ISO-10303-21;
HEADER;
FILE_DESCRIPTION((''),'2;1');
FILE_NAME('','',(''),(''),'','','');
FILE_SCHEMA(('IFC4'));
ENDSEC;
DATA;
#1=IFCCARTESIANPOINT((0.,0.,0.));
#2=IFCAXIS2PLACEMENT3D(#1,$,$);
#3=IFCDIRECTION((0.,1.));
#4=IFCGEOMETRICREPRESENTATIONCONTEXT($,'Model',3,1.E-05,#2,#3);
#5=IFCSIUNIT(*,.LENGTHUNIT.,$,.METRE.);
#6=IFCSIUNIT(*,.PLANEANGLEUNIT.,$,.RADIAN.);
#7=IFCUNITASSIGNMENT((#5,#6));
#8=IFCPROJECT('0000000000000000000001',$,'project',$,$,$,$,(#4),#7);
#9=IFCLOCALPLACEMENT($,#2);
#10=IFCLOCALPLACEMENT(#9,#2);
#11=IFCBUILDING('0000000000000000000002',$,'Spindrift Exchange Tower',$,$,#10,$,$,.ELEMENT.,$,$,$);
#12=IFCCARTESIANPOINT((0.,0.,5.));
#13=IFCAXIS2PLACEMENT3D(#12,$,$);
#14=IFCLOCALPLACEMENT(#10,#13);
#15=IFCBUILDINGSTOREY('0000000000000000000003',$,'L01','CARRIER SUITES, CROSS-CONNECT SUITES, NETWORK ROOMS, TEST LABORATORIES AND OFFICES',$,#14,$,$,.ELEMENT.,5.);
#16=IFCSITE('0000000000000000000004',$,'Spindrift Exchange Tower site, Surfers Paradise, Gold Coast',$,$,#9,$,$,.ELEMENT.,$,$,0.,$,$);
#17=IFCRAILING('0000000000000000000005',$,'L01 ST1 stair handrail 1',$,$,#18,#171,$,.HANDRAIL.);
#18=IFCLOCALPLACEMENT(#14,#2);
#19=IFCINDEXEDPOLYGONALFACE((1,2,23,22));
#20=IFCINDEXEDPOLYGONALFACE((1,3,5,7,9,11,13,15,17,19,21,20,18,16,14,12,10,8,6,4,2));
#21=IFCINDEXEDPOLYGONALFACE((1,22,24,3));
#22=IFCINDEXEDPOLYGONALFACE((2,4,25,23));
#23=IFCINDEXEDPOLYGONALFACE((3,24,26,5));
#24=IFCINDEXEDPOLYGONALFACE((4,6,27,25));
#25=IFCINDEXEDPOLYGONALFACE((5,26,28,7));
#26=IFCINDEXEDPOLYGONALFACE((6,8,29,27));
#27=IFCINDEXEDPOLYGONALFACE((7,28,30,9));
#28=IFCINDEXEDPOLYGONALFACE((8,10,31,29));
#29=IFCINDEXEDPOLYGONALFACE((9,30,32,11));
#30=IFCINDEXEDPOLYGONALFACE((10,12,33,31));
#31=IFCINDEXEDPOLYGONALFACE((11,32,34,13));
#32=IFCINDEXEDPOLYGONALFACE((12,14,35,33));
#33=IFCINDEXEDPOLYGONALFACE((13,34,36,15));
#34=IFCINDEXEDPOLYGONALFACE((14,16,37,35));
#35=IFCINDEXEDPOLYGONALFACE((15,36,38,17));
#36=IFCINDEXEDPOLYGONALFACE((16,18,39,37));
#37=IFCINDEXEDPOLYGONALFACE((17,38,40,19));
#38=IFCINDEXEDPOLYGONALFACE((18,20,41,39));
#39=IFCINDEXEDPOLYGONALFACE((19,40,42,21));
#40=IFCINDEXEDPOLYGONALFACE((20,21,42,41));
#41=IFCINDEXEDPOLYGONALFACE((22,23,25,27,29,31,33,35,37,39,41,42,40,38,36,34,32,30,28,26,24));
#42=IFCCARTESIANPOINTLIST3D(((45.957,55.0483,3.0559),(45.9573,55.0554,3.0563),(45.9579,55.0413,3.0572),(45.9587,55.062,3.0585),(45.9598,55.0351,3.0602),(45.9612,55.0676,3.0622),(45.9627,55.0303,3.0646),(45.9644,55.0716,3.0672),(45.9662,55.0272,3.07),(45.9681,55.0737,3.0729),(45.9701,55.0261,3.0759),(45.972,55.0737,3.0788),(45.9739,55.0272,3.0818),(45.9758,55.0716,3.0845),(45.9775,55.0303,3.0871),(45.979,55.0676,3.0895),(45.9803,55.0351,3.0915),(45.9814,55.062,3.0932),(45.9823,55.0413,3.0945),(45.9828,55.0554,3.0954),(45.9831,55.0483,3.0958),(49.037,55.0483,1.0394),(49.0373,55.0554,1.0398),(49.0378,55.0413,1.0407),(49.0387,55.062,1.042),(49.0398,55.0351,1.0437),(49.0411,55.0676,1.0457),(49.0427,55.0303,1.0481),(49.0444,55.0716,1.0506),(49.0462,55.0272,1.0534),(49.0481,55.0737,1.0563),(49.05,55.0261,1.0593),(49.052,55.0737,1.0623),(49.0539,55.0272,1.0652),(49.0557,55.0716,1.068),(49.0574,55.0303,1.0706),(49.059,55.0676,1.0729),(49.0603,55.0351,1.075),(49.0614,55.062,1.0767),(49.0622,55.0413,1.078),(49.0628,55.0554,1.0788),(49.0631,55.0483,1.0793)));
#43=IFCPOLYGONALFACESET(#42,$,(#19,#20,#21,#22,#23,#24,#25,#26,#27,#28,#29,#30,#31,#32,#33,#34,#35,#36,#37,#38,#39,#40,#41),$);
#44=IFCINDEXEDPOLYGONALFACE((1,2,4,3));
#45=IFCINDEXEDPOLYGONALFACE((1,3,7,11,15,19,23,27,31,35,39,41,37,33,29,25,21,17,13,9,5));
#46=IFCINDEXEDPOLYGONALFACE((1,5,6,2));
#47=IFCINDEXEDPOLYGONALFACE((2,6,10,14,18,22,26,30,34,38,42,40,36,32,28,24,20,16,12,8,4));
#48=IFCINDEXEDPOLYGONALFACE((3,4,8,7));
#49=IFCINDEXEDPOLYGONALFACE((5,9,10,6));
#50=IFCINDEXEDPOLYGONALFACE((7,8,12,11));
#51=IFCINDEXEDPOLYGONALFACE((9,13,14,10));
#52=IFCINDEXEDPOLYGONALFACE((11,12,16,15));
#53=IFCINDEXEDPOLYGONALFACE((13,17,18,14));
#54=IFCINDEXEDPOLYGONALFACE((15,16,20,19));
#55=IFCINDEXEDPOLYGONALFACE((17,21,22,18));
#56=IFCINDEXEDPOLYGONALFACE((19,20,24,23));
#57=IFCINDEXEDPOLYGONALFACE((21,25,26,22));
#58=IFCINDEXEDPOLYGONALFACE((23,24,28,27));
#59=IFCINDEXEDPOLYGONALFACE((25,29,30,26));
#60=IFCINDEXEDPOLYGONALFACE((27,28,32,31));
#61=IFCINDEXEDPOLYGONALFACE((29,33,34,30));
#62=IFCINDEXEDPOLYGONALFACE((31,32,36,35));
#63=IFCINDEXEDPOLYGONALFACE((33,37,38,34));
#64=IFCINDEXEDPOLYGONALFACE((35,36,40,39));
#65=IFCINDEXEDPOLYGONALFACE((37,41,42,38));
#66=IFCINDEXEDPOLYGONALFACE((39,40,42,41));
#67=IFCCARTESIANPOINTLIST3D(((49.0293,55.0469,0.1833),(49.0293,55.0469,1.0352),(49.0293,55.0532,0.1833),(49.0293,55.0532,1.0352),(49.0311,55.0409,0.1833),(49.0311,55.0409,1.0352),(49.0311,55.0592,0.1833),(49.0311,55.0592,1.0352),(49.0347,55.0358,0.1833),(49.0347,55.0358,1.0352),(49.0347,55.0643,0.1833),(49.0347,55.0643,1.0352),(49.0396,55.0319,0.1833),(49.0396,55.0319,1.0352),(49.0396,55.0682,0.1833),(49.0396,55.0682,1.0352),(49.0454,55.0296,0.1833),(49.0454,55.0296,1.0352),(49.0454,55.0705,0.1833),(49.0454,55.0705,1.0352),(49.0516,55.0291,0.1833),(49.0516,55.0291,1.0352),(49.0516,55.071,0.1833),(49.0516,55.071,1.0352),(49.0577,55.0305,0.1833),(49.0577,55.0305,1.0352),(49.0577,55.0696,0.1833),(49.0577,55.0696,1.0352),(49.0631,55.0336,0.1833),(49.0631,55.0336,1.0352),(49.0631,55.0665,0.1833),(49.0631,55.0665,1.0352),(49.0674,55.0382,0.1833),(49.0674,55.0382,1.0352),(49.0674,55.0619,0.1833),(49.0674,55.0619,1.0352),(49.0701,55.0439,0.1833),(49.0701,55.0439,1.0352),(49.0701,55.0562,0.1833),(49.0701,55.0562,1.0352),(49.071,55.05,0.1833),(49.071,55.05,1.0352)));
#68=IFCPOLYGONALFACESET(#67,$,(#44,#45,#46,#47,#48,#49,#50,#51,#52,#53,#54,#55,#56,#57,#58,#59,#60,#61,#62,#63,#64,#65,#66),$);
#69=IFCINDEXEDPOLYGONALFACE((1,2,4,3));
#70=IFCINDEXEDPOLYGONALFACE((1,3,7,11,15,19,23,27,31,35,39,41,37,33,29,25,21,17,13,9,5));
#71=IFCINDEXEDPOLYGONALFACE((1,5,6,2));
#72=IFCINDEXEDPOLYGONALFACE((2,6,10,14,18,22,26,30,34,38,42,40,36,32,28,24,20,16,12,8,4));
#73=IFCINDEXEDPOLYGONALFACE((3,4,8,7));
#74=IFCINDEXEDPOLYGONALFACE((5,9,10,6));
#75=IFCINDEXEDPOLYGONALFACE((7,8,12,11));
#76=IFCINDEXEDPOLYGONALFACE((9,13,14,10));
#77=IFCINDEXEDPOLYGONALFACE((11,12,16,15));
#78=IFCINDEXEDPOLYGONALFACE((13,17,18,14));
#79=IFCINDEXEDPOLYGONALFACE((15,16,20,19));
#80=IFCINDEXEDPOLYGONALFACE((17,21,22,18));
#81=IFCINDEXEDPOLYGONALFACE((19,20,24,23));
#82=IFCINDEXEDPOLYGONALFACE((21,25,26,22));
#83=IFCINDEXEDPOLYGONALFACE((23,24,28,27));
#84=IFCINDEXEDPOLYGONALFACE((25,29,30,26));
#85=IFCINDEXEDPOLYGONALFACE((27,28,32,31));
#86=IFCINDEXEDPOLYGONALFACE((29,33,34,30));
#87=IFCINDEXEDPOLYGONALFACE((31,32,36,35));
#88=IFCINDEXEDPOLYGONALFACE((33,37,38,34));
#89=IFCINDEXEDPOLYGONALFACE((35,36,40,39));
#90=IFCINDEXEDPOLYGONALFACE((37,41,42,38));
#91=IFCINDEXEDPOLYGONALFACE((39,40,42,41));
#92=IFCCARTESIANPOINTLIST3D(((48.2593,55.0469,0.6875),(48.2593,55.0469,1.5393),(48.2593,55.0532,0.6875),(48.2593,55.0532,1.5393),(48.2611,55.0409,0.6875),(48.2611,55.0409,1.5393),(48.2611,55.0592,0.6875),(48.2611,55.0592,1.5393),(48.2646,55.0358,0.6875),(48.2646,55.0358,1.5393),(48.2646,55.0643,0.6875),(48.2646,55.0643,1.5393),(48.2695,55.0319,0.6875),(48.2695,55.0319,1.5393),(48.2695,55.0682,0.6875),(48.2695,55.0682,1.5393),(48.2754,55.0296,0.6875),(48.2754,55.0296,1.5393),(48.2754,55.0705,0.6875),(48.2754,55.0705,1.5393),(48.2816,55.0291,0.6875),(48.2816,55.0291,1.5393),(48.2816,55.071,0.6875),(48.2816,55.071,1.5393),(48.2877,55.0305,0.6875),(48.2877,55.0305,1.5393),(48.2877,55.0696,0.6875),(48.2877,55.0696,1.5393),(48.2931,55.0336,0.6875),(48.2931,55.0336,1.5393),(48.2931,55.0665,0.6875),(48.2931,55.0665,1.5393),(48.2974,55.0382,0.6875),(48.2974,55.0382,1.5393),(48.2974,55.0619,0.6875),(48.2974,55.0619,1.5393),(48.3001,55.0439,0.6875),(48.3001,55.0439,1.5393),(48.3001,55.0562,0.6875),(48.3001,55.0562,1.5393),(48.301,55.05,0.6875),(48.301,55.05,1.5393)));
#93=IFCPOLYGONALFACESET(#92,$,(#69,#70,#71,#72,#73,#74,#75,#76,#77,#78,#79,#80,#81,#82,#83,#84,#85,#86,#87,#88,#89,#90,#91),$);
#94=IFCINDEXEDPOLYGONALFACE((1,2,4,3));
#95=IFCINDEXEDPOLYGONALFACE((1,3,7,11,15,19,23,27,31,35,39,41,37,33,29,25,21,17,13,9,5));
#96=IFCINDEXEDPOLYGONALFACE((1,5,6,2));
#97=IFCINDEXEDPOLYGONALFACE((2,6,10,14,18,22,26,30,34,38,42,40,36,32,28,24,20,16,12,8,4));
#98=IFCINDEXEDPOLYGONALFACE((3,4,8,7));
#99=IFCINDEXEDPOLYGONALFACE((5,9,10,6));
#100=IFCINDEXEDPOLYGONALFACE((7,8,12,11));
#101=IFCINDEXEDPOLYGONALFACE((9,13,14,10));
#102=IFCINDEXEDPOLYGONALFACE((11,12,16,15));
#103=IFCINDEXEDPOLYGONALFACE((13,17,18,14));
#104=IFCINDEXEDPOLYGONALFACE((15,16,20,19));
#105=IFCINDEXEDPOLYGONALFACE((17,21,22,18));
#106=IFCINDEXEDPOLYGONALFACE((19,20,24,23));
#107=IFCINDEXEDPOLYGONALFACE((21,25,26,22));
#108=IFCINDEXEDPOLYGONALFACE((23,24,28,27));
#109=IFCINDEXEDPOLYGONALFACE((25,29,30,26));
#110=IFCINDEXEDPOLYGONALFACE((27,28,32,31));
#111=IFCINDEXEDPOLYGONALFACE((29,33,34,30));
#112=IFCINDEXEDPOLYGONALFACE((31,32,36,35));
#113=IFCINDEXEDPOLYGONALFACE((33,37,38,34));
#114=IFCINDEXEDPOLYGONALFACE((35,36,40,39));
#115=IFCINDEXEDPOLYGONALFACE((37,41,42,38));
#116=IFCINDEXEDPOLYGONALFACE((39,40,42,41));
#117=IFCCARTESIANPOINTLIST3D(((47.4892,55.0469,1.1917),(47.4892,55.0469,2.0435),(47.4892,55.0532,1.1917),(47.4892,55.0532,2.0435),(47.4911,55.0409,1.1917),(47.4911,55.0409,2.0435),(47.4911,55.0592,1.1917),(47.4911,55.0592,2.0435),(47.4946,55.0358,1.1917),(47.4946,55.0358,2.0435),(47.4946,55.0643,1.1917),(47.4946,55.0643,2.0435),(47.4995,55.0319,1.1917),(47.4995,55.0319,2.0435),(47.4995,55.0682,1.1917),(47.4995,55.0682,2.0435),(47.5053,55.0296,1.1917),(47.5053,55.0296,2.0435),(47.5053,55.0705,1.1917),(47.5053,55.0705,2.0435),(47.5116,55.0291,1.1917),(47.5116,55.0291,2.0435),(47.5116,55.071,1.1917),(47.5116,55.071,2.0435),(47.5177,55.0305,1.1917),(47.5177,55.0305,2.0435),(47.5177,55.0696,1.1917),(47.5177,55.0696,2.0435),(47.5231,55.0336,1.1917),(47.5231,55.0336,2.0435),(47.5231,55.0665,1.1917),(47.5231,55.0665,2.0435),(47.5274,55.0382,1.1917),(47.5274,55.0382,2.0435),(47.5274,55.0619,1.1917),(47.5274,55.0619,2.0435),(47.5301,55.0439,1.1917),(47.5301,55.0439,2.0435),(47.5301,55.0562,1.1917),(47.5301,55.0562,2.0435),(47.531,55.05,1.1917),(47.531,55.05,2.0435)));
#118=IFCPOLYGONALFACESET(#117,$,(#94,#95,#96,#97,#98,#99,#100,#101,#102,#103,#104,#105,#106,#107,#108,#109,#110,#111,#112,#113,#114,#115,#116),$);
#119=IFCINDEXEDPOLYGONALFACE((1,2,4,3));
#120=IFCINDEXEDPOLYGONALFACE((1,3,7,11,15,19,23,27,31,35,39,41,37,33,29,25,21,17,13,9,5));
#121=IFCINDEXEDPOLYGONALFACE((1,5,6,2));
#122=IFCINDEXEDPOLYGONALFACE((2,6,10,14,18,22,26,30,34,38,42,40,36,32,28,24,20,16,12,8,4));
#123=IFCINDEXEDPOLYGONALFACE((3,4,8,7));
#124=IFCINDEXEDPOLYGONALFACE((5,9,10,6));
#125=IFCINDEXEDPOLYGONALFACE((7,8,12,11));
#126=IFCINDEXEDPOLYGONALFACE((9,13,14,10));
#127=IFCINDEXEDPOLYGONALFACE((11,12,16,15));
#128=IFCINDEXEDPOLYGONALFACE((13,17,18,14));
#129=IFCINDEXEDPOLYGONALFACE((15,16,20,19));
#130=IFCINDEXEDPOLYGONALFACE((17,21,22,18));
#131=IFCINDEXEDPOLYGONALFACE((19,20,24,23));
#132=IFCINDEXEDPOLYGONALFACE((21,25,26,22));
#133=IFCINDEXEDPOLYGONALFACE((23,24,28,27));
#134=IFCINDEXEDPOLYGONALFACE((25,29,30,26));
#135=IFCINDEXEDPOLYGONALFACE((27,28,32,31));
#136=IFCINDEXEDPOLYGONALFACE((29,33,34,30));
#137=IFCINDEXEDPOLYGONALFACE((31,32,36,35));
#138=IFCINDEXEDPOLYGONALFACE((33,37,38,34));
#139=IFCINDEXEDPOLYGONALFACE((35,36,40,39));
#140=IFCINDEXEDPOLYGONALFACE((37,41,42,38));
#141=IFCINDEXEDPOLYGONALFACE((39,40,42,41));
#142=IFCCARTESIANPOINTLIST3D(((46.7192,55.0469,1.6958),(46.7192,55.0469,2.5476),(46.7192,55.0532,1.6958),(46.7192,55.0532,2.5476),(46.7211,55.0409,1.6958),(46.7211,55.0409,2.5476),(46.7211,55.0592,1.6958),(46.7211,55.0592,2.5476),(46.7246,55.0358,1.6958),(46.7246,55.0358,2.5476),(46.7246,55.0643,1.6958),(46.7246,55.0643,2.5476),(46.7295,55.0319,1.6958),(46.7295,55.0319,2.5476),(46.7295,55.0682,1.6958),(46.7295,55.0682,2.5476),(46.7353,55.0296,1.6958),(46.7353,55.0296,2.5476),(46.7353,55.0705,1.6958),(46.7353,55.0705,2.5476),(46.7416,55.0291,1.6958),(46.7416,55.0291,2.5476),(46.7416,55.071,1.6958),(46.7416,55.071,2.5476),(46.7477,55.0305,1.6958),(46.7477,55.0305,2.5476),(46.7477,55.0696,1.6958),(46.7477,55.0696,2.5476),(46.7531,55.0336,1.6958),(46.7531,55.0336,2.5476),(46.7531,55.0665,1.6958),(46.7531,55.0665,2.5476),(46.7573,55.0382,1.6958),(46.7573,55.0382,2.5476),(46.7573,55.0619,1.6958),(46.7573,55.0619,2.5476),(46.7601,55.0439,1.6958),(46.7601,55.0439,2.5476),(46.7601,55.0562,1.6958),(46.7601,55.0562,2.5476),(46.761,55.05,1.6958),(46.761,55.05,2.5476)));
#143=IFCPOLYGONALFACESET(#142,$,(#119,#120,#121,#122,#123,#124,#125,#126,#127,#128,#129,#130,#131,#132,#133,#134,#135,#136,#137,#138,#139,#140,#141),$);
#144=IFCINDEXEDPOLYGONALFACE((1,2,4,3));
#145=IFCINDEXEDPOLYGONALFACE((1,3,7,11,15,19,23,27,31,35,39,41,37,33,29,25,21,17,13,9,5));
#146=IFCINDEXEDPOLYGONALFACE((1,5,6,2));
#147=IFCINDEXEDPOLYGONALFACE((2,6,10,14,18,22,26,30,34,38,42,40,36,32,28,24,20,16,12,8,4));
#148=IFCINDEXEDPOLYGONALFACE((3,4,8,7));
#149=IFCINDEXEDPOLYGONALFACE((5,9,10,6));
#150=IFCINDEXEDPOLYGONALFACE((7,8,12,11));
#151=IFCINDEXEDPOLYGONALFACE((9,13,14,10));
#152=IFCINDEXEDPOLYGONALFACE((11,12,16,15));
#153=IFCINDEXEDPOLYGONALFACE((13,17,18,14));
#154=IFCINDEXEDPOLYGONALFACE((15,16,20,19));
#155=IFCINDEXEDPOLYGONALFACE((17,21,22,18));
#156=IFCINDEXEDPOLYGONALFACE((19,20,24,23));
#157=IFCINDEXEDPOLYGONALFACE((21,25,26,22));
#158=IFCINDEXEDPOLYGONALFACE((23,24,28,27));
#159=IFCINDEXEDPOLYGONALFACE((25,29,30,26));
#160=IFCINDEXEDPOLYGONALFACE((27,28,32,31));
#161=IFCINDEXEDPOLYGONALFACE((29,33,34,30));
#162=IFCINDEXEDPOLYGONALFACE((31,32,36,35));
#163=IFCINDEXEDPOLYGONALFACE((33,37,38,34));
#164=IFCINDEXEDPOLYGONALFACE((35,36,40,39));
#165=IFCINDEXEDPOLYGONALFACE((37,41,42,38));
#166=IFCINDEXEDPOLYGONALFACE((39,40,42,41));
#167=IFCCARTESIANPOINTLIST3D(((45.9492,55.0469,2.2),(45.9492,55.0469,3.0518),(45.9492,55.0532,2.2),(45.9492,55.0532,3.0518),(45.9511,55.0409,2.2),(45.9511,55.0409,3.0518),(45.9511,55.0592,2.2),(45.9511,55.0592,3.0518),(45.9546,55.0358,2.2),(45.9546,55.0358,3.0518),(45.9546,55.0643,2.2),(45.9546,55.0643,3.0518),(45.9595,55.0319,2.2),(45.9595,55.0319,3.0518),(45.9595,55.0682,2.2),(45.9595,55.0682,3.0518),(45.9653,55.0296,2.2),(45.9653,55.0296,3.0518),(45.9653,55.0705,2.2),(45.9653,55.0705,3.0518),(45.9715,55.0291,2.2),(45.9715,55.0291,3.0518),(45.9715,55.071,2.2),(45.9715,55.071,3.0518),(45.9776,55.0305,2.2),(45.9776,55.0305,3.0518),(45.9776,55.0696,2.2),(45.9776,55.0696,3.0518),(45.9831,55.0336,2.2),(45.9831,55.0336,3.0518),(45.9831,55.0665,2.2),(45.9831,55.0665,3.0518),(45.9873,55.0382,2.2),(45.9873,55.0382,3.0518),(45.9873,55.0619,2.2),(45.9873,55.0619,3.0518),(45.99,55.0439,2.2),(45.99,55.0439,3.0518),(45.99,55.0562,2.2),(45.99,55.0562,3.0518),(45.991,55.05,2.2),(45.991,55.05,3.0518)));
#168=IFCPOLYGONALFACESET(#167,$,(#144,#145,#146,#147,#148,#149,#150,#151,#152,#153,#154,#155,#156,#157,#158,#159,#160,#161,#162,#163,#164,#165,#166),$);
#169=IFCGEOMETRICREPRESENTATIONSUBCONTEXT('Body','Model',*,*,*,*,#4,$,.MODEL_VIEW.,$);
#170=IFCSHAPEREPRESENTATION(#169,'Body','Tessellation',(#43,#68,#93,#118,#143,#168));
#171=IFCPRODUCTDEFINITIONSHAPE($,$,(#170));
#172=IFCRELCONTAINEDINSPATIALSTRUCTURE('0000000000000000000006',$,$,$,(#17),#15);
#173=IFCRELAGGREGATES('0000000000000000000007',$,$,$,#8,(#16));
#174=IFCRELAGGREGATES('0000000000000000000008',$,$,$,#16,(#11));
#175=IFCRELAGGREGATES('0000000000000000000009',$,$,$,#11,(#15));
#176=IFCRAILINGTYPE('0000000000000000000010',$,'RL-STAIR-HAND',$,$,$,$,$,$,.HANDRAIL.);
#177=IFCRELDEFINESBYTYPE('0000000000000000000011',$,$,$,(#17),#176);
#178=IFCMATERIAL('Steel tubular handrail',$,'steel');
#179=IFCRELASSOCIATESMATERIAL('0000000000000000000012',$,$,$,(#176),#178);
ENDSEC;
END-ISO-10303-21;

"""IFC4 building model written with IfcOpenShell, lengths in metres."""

from ifc_helpers import new_model, si_unit, direction, frame, origin, origin_2d, place, context, subcontext, project, spatial, circle, extrude, material, type_object, element, save


model = new_model("IFC4")

# Units and contexts
model_context = context("Model", 3, precision=1e-05, world=origin(), true_north=direction((0.0, 1.0)))
body_context = subcontext(model_context, "Body", "Model", "MODEL_VIEW")
ifc_project = project(units=[si_unit("LENGTHUNIT", "METRE"), si_unit("PLANEANGLEUNIT", "RADIAN")], contexts=[model_context])

# Site, building, storey
site_placement = place(None, origin())
site = spatial("IfcSite", under=ifc_project, at=site_placement, Name="Spindrift Exchange Tower site, Surfers Paradise, Gold Coast", CompositionType="ELEMENT", RefElevation=0.0)
building_placement = place(site_placement, origin())
building = spatial("IfcBuilding", under=site, at=building_placement, Name="Spindrift Exchange Tower", CompositionType="ELEMENT")
storey_placement = place(building_placement, frame((0.0, 0.0, 5.0)))
storey = spatial("IfcBuildingStorey", under=building, at=storey_placement, Name="L01", Description="CARRIER SUITES, CROSS-CONNECT SUITES, NETWORK ROOMS, TEST LABORATORIES AND OFFICES", CompositionType="ELEMENT", Elevation=5.0)

# Railing
ifc_material_1 = material(Name="Steel tubular handrail", Category="steel")
railing_type_1 = type_object("IfcRailingType", Name="RL-STAIR-HAND", PredefinedType="HANDRAIL", material=ifc_material_1)
railing_1_placement = place(storey_placement, frame((49.05, 55.05, 0.1833)))
element("IfcRailing", 1, at=railing_1_placement, inside=storey, type_object=railing_type_1, Name="L01 ST1 stair handrail 1", PredefinedType="HANDRAIL", context=body_context, shape_type="SweptSolid", body=[
    extrude(circle(Radius=0.0239, at=origin_2d()), frame((0.0, 0.0, 0.876), z_axis=(-0.836633, 0.0, 0.547764), x_axis=(0.0, -1.0, 0.0)), (0.0, 0.0, 1.0), 3.6814),
    extrude(circle(Radius=0.021, at=origin_2d()), origin(), (0.0, 0.0, 1.0), 0.8518),
    extrude(circle(Radius=0.021, at=origin_2d()), frame((-0.77, 0.0, 0.5042)), (0.0, 0.0, 1.0), 0.8518),
    extrude(circle(Radius=0.021, at=origin_2d()), frame((-1.54, 0.0, 1.0083)), (0.0, 0.0, 1.0), 0.8518),
    extrude(circle(Radius=0.021, at=origin_2d()), frame((-2.3101, 0.0, 1.5125)), (0.0, 0.0, 1.0), 0.8518),
    extrude(circle(Radius=0.021, at=origin_2d()), frame((-3.0801, 0.0, 2.0166)), (0.0, 0.0, 1.0), 0.8518),
])

save(model, "model.ifc")
